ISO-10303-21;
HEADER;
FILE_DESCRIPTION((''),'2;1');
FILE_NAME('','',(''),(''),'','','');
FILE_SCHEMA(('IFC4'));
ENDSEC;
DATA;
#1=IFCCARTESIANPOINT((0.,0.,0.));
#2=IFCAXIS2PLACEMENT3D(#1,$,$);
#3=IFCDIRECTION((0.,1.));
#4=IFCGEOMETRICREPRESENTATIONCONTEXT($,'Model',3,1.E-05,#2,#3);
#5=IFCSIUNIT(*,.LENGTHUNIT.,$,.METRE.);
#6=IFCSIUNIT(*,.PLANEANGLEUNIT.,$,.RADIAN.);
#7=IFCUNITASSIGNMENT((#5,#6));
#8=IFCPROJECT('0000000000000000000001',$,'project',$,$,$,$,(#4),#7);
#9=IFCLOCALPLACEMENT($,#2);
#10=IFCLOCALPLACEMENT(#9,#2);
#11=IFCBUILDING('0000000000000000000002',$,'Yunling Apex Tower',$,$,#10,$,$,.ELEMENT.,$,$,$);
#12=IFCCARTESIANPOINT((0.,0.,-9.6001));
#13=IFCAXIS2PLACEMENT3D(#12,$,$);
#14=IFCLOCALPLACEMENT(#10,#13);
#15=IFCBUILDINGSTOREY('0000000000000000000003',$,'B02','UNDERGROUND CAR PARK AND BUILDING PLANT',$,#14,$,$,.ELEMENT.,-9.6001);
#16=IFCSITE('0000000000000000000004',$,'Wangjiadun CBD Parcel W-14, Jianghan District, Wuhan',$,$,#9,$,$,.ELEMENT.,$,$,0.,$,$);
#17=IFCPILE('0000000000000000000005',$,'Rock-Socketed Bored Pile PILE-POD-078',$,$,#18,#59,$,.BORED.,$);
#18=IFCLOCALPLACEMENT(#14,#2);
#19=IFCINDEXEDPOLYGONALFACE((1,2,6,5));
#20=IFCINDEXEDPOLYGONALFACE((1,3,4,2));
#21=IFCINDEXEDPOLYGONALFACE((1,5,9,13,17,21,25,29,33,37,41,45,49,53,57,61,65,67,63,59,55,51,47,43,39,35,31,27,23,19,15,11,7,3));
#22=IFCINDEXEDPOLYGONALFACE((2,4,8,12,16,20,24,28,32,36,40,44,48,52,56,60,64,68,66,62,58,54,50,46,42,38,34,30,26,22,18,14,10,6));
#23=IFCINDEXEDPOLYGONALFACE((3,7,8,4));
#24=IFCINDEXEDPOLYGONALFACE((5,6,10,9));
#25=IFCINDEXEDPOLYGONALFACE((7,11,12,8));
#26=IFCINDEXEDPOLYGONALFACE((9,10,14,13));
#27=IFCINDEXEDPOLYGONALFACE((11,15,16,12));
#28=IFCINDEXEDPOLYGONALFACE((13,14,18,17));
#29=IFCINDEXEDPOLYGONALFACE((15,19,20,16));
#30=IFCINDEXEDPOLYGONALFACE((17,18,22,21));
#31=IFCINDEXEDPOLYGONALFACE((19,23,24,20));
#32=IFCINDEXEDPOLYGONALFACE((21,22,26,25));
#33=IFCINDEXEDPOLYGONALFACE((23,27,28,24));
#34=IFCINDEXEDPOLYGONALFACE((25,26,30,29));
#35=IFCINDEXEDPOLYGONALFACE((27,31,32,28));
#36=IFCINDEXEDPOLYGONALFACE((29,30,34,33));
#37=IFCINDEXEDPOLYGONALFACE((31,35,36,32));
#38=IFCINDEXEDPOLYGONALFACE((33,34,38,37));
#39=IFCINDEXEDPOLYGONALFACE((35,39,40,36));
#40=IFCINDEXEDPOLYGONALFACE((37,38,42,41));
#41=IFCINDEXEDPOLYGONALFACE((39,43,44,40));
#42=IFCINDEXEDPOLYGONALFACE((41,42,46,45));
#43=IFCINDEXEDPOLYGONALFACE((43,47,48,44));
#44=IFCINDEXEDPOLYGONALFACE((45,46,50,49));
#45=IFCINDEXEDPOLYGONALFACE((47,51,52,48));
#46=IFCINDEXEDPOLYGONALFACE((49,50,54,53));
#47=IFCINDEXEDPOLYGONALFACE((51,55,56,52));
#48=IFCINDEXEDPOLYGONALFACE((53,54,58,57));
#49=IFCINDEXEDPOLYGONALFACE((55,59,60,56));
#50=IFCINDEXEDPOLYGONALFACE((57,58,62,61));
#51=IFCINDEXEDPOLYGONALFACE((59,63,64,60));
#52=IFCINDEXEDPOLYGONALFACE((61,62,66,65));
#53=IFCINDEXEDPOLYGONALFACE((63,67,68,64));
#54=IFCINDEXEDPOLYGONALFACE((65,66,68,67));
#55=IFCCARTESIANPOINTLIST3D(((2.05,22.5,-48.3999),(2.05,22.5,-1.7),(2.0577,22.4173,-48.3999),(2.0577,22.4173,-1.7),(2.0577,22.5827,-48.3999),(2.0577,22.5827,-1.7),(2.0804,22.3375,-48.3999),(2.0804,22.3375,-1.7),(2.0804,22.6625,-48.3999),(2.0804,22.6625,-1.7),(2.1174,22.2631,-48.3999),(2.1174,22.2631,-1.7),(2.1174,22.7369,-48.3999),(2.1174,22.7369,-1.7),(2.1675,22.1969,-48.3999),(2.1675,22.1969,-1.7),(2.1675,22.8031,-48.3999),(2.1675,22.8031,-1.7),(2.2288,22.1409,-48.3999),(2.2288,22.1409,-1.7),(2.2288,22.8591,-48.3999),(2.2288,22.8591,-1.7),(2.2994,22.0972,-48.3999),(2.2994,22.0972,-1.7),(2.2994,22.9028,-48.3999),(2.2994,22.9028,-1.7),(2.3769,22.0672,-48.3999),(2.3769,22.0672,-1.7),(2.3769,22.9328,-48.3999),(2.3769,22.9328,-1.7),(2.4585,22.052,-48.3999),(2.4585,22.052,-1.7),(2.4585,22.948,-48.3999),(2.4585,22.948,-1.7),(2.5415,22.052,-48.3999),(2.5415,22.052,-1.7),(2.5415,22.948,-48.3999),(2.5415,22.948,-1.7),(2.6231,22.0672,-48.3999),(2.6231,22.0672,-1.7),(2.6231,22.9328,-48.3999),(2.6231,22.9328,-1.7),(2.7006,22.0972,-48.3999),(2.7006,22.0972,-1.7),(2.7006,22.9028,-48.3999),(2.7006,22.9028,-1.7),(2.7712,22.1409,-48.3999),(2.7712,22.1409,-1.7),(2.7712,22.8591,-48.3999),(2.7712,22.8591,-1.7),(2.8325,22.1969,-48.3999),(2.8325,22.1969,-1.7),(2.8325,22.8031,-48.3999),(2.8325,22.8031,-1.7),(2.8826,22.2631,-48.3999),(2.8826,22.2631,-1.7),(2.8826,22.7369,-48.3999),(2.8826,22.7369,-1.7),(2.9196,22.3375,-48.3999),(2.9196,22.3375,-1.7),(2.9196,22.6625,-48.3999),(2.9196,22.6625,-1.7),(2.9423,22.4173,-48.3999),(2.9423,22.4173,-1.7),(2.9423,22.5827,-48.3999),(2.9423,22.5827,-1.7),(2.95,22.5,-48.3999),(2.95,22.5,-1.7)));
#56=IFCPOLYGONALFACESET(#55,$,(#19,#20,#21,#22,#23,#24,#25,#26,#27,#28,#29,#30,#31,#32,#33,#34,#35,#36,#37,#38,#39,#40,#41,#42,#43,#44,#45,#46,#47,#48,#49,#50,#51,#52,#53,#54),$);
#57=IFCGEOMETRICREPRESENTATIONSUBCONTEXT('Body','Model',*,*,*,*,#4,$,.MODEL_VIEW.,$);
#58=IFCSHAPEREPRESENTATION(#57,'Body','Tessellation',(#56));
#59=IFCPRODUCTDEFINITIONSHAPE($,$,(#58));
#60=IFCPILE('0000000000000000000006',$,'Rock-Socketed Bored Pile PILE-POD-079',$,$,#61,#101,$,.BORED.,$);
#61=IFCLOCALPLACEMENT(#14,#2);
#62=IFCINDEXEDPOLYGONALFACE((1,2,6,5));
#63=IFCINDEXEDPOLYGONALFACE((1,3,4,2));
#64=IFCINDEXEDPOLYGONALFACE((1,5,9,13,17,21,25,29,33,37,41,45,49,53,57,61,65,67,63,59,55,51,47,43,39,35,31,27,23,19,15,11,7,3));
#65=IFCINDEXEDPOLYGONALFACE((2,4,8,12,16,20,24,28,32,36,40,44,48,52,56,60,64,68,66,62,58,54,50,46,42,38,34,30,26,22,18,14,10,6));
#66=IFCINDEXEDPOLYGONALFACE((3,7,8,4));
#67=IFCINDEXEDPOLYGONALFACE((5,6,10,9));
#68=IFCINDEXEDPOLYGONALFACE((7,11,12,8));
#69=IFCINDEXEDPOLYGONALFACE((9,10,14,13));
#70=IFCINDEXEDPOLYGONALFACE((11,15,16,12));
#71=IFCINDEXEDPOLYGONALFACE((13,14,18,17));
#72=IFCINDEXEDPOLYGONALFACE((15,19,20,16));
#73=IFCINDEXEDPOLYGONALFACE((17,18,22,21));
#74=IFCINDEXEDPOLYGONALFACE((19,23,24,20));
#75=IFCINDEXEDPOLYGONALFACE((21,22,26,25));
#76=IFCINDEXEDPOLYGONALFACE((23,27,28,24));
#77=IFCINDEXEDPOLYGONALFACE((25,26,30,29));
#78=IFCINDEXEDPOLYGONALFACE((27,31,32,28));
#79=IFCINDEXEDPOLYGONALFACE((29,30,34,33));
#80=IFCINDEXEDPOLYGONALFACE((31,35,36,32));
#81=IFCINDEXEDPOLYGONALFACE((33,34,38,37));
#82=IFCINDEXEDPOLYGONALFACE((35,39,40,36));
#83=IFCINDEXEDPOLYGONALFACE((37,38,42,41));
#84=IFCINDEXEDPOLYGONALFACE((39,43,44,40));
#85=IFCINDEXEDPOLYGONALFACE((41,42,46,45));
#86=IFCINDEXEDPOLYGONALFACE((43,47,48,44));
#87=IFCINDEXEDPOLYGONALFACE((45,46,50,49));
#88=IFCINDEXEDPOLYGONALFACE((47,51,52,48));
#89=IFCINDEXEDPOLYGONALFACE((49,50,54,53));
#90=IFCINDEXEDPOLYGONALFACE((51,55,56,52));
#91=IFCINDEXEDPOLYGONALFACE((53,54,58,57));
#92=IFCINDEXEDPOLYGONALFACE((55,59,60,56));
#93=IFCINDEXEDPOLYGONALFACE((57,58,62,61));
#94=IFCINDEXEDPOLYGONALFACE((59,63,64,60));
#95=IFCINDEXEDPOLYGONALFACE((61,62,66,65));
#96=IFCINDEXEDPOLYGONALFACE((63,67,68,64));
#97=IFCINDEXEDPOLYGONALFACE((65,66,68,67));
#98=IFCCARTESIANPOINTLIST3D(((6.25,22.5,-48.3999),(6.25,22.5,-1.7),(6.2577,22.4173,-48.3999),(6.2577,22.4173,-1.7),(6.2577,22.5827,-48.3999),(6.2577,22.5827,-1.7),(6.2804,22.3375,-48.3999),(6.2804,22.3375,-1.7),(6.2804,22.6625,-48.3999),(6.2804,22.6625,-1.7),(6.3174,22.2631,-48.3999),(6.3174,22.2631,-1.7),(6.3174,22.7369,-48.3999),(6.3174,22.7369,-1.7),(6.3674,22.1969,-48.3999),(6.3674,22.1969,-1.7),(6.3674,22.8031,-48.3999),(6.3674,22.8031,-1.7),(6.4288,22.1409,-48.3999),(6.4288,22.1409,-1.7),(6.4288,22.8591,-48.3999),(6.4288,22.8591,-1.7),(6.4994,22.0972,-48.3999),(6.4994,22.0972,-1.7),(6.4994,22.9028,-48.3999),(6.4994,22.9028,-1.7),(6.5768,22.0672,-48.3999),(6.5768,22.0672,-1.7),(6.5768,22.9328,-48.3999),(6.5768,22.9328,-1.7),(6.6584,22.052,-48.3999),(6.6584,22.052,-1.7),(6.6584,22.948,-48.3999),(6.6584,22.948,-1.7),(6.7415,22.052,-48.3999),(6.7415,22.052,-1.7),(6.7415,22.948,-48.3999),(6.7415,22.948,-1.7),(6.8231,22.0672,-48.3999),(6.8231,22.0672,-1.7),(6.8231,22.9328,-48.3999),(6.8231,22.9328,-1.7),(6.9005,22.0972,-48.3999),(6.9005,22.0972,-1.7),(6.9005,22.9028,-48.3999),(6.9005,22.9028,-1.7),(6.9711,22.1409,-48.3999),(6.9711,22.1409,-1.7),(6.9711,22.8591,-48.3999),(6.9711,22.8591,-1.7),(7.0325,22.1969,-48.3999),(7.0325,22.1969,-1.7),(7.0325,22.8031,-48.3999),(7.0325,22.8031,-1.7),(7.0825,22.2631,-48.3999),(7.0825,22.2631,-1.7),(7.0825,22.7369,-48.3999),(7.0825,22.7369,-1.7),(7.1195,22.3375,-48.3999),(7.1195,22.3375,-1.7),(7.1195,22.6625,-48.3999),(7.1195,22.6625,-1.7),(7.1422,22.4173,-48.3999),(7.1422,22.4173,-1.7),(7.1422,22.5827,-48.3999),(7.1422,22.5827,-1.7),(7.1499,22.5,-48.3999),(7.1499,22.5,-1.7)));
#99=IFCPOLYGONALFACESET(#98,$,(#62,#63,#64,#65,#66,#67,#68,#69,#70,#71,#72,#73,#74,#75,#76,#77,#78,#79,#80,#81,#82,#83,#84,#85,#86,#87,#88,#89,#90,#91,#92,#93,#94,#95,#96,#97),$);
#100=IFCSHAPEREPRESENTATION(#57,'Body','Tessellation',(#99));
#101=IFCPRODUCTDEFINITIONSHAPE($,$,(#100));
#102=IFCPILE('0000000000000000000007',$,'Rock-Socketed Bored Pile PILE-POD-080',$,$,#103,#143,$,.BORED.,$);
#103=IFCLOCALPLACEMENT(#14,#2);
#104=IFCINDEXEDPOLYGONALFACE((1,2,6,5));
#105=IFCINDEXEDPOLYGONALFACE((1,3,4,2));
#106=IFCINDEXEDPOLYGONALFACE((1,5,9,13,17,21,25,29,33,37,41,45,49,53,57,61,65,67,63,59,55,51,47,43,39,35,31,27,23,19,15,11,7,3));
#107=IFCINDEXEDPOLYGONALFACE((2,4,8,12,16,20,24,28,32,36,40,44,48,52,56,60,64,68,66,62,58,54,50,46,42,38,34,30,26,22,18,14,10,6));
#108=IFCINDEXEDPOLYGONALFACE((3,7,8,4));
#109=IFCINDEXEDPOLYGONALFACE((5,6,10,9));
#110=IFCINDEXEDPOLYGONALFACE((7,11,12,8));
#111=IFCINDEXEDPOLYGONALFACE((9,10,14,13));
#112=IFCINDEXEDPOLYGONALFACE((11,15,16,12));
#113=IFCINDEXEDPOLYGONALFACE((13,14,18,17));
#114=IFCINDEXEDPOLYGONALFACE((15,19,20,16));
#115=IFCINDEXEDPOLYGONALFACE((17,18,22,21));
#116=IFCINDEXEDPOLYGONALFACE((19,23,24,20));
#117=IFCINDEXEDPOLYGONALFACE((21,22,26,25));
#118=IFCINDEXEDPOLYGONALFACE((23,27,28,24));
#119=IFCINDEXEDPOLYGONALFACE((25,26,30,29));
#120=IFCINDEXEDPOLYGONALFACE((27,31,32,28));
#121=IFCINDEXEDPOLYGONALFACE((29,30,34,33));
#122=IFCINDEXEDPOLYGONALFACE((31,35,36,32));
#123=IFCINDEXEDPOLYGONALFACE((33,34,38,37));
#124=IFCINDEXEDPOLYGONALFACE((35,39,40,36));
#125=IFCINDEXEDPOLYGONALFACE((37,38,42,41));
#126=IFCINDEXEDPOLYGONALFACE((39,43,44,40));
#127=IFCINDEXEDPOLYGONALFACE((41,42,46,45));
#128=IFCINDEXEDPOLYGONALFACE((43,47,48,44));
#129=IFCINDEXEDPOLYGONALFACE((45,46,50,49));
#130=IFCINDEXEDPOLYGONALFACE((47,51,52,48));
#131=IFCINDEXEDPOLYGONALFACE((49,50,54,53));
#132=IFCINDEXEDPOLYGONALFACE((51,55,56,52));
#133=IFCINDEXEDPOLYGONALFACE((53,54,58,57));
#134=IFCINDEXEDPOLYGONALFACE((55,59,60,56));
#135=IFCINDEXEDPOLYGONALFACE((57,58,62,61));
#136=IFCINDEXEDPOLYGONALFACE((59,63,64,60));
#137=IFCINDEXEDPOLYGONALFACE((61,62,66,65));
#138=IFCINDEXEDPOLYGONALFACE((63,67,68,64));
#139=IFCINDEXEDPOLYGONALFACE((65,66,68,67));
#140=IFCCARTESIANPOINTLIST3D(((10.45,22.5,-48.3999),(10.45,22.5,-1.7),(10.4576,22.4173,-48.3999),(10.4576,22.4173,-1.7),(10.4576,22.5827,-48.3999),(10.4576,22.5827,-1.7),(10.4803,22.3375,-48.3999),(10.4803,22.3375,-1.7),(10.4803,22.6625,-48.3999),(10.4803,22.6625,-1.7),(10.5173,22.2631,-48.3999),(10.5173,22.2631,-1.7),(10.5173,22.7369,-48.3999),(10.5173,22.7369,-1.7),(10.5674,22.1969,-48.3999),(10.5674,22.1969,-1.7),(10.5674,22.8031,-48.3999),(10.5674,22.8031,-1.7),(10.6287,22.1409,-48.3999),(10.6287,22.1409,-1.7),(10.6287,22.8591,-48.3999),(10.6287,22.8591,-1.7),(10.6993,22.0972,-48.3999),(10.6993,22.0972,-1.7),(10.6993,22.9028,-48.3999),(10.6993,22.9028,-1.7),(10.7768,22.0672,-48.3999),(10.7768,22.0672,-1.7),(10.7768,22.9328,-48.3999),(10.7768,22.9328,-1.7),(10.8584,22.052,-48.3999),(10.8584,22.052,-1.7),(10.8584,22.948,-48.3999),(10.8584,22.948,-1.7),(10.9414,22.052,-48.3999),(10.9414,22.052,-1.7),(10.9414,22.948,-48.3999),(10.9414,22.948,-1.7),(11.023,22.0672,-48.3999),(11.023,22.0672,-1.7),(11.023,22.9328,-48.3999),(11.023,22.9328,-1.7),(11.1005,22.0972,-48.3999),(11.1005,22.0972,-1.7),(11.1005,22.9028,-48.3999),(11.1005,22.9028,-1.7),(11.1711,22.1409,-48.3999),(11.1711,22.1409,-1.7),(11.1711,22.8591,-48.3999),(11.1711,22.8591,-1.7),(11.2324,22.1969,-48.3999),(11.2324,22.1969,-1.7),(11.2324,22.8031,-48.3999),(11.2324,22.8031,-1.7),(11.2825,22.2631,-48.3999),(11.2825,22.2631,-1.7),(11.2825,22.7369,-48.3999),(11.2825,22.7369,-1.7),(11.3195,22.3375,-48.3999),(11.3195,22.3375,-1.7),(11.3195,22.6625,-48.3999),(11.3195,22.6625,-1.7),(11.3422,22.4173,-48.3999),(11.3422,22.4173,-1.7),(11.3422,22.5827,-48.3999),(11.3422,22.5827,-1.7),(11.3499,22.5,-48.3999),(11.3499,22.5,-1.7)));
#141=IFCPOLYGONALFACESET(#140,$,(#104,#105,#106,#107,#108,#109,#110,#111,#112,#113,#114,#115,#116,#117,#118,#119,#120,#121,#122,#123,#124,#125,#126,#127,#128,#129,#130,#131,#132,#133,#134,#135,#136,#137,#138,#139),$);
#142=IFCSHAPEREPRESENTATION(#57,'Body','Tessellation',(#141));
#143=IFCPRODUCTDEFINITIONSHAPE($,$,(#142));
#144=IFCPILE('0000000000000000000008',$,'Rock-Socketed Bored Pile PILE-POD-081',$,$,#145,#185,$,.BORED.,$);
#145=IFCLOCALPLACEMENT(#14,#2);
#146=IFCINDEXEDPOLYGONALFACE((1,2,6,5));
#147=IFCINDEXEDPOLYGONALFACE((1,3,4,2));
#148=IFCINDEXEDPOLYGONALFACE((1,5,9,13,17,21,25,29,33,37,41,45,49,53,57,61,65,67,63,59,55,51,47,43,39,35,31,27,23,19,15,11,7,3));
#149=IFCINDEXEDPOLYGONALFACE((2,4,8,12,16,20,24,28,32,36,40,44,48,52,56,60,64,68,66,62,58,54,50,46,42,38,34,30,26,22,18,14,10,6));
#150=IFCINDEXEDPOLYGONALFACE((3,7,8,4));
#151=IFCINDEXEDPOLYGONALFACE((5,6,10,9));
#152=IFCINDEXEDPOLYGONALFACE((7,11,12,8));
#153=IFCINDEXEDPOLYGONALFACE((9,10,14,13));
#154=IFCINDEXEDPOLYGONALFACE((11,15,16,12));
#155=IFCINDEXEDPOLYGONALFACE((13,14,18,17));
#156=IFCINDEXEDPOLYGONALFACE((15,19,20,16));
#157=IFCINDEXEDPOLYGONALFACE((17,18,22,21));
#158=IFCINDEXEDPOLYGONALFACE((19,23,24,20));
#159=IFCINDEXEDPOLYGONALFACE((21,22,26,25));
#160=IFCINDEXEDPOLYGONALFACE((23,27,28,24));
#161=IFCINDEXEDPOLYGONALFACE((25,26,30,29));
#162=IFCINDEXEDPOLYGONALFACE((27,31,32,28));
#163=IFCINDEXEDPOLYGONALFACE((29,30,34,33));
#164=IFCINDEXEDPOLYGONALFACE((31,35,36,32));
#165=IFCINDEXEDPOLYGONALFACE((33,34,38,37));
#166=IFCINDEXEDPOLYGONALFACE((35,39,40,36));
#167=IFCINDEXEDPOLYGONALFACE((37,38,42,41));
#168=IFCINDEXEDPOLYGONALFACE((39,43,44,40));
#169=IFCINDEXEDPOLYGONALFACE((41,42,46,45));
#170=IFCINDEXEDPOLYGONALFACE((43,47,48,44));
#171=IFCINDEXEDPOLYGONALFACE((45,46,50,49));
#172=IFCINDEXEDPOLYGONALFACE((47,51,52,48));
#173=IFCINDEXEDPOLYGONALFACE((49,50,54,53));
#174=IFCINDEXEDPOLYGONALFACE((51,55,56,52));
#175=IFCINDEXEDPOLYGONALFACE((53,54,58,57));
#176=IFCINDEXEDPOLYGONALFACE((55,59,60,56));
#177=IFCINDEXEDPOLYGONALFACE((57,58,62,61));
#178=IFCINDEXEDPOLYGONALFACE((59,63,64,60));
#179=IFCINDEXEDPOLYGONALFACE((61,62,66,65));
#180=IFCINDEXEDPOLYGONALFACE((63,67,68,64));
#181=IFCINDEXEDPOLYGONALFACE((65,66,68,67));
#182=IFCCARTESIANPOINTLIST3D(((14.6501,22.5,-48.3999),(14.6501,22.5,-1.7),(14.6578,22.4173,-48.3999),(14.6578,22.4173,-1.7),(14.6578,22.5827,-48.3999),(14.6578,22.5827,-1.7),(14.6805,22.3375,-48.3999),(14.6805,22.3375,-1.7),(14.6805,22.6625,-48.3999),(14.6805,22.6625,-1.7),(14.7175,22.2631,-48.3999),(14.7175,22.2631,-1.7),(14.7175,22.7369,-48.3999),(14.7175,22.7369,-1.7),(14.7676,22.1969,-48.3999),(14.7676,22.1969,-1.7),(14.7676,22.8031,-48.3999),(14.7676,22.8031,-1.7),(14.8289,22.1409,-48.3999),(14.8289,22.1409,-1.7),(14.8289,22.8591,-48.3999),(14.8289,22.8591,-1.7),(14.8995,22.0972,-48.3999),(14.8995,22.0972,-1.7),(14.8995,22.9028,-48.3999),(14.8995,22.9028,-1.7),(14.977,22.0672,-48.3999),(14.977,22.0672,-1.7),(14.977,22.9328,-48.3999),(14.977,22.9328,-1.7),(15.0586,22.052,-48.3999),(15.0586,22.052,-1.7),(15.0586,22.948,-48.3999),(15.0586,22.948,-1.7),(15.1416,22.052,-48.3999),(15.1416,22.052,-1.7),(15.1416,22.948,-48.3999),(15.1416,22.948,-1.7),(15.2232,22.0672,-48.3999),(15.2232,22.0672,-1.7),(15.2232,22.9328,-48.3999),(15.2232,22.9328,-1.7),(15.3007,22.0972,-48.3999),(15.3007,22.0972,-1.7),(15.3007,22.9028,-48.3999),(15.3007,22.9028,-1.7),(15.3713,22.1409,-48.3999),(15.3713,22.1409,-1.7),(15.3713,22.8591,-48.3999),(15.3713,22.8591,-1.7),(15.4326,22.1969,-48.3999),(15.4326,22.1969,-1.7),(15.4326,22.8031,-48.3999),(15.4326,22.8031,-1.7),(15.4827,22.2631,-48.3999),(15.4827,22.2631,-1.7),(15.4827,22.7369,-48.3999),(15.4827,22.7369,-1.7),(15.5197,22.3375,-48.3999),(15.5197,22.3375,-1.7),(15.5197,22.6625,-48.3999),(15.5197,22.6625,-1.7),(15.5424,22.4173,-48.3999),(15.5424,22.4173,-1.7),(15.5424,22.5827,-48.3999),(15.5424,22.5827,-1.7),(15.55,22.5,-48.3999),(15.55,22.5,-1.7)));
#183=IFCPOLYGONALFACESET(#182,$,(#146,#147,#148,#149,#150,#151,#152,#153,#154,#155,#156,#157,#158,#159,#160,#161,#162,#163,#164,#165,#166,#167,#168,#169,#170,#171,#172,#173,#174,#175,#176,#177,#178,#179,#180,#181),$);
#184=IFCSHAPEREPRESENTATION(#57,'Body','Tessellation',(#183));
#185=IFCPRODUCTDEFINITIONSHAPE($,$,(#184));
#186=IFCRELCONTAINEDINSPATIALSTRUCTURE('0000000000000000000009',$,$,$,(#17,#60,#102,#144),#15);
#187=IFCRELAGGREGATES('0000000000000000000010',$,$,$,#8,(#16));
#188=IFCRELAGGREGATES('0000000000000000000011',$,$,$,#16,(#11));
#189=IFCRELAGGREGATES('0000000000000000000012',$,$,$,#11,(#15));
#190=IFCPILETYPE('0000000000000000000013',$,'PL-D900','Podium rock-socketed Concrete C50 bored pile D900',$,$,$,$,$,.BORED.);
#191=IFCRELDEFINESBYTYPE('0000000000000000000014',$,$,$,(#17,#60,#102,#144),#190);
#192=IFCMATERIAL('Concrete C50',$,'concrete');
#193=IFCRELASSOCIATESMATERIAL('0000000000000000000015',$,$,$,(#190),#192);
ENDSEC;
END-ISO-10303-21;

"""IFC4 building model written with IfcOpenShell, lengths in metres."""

from ifc_helpers import new_model, si_unit, direction, frame, origin, origin_2d, place, context, subcontext, project, spatial, circle, extrude, source, transform, mapped, material, material_profile, profile_set, type_object, element, save


model = new_model("IFC4")

# Units and contexts
model_context = context("Model", 3, precision=1e-05, world=origin(), true_north=direction((0.0, 1.0)))
body_context = subcontext(model_context, "Body", "Model", "MODEL_VIEW")
ifc_project = project(units=[si_unit("LENGTHUNIT", "METRE"), si_unit("PLANEANGLEUNIT", "RADIAN")], contexts=[model_context])

# Site, building, storey
site_placement = place(None, origin())
site = spatial("IfcSite", under=ifc_project, at=site_placement, Name="Wangjiadun CBD Parcel W-14, Jianghan District, Wuhan", CompositionType="ELEMENT", RefElevation=0.0)
building_placement = place(site_placement, origin())
building = spatial("IfcBuilding", under=site, at=building_placement, Name="Yunling Apex Tower", CompositionType="ELEMENT")
storey_placement = place(building_placement, frame((0.0, 0.0, -9.6001)))
storey = spatial("IfcBuildingStorey", under=building, at=storey_placement, Name="B02", Description="UNDERGROUND CAR PARK AND BUILDING PLANT", CompositionType="ELEMENT", Elevation=-9.6001)

# Shared definitions
ifc_material_1 = material(Name="Concrete C50", Category="concrete")

# Piles
ifc_material_profile_1 = material_profile(ifc_material_1, circle(Radius=0.45, at=origin_2d()))
ifc_profile_set_1 = profile_set([ifc_material_profile_1], Name="Concrete C50")
pile_type_1 = type_object("IfcPileType", Name="PL-D900", Description="Podium rock-socketed Concrete C50 bored pile D900", PredefinedType="BORED", material=ifc_profile_set_1)
shared_shape_1 = source(origin(), body_context, "Body", "SweptSolid", [
    extrude(circle(Radius=0.45, at=origin_2d()), origin(), (0.0, 0.0, 1.0), 46.7),
])
for number, where, z_axis, x_axis, name in (
    (1, (2.5, 22.5, -1.7), (0.0, 0.0, -1.0), (1.0, 0.0, 0.0), "Rock-Socketed Bored Pile PILE-POD-078"),
    (2, (6.7, 22.5, -1.7), (0.0, 0.0, -1.0), (1.0, 0.0, 0.0), "Rock-Socketed Bored Pile PILE-POD-079"),
    (3, (10.8999, 22.5, -1.7), (0.0, 0.0, -1.0), (1.0, 0.0, 0.0), "Rock-Socketed Bored Pile PILE-POD-080"),
    (4, (15.1001, 22.5, -1.7), (0.0, 0.0, -1.0), (1.0, 0.0, 0.0), "Rock-Socketed Bored Pile PILE-POD-081"),
):
    element("IfcPile", number, at=place(storey_placement, frame(where, z_axis=z_axis, x_axis=x_axis)), inside=storey, type_object=pile_type_1, Name=name, PredefinedType="BORED", context=body_context, shape_type="MappedRepresentation", body=[
        mapped(shared_shape_1, transform((0.0, 0.0, 0.0), scale=1.0)),
    ])

save(model, "model.ifc")
